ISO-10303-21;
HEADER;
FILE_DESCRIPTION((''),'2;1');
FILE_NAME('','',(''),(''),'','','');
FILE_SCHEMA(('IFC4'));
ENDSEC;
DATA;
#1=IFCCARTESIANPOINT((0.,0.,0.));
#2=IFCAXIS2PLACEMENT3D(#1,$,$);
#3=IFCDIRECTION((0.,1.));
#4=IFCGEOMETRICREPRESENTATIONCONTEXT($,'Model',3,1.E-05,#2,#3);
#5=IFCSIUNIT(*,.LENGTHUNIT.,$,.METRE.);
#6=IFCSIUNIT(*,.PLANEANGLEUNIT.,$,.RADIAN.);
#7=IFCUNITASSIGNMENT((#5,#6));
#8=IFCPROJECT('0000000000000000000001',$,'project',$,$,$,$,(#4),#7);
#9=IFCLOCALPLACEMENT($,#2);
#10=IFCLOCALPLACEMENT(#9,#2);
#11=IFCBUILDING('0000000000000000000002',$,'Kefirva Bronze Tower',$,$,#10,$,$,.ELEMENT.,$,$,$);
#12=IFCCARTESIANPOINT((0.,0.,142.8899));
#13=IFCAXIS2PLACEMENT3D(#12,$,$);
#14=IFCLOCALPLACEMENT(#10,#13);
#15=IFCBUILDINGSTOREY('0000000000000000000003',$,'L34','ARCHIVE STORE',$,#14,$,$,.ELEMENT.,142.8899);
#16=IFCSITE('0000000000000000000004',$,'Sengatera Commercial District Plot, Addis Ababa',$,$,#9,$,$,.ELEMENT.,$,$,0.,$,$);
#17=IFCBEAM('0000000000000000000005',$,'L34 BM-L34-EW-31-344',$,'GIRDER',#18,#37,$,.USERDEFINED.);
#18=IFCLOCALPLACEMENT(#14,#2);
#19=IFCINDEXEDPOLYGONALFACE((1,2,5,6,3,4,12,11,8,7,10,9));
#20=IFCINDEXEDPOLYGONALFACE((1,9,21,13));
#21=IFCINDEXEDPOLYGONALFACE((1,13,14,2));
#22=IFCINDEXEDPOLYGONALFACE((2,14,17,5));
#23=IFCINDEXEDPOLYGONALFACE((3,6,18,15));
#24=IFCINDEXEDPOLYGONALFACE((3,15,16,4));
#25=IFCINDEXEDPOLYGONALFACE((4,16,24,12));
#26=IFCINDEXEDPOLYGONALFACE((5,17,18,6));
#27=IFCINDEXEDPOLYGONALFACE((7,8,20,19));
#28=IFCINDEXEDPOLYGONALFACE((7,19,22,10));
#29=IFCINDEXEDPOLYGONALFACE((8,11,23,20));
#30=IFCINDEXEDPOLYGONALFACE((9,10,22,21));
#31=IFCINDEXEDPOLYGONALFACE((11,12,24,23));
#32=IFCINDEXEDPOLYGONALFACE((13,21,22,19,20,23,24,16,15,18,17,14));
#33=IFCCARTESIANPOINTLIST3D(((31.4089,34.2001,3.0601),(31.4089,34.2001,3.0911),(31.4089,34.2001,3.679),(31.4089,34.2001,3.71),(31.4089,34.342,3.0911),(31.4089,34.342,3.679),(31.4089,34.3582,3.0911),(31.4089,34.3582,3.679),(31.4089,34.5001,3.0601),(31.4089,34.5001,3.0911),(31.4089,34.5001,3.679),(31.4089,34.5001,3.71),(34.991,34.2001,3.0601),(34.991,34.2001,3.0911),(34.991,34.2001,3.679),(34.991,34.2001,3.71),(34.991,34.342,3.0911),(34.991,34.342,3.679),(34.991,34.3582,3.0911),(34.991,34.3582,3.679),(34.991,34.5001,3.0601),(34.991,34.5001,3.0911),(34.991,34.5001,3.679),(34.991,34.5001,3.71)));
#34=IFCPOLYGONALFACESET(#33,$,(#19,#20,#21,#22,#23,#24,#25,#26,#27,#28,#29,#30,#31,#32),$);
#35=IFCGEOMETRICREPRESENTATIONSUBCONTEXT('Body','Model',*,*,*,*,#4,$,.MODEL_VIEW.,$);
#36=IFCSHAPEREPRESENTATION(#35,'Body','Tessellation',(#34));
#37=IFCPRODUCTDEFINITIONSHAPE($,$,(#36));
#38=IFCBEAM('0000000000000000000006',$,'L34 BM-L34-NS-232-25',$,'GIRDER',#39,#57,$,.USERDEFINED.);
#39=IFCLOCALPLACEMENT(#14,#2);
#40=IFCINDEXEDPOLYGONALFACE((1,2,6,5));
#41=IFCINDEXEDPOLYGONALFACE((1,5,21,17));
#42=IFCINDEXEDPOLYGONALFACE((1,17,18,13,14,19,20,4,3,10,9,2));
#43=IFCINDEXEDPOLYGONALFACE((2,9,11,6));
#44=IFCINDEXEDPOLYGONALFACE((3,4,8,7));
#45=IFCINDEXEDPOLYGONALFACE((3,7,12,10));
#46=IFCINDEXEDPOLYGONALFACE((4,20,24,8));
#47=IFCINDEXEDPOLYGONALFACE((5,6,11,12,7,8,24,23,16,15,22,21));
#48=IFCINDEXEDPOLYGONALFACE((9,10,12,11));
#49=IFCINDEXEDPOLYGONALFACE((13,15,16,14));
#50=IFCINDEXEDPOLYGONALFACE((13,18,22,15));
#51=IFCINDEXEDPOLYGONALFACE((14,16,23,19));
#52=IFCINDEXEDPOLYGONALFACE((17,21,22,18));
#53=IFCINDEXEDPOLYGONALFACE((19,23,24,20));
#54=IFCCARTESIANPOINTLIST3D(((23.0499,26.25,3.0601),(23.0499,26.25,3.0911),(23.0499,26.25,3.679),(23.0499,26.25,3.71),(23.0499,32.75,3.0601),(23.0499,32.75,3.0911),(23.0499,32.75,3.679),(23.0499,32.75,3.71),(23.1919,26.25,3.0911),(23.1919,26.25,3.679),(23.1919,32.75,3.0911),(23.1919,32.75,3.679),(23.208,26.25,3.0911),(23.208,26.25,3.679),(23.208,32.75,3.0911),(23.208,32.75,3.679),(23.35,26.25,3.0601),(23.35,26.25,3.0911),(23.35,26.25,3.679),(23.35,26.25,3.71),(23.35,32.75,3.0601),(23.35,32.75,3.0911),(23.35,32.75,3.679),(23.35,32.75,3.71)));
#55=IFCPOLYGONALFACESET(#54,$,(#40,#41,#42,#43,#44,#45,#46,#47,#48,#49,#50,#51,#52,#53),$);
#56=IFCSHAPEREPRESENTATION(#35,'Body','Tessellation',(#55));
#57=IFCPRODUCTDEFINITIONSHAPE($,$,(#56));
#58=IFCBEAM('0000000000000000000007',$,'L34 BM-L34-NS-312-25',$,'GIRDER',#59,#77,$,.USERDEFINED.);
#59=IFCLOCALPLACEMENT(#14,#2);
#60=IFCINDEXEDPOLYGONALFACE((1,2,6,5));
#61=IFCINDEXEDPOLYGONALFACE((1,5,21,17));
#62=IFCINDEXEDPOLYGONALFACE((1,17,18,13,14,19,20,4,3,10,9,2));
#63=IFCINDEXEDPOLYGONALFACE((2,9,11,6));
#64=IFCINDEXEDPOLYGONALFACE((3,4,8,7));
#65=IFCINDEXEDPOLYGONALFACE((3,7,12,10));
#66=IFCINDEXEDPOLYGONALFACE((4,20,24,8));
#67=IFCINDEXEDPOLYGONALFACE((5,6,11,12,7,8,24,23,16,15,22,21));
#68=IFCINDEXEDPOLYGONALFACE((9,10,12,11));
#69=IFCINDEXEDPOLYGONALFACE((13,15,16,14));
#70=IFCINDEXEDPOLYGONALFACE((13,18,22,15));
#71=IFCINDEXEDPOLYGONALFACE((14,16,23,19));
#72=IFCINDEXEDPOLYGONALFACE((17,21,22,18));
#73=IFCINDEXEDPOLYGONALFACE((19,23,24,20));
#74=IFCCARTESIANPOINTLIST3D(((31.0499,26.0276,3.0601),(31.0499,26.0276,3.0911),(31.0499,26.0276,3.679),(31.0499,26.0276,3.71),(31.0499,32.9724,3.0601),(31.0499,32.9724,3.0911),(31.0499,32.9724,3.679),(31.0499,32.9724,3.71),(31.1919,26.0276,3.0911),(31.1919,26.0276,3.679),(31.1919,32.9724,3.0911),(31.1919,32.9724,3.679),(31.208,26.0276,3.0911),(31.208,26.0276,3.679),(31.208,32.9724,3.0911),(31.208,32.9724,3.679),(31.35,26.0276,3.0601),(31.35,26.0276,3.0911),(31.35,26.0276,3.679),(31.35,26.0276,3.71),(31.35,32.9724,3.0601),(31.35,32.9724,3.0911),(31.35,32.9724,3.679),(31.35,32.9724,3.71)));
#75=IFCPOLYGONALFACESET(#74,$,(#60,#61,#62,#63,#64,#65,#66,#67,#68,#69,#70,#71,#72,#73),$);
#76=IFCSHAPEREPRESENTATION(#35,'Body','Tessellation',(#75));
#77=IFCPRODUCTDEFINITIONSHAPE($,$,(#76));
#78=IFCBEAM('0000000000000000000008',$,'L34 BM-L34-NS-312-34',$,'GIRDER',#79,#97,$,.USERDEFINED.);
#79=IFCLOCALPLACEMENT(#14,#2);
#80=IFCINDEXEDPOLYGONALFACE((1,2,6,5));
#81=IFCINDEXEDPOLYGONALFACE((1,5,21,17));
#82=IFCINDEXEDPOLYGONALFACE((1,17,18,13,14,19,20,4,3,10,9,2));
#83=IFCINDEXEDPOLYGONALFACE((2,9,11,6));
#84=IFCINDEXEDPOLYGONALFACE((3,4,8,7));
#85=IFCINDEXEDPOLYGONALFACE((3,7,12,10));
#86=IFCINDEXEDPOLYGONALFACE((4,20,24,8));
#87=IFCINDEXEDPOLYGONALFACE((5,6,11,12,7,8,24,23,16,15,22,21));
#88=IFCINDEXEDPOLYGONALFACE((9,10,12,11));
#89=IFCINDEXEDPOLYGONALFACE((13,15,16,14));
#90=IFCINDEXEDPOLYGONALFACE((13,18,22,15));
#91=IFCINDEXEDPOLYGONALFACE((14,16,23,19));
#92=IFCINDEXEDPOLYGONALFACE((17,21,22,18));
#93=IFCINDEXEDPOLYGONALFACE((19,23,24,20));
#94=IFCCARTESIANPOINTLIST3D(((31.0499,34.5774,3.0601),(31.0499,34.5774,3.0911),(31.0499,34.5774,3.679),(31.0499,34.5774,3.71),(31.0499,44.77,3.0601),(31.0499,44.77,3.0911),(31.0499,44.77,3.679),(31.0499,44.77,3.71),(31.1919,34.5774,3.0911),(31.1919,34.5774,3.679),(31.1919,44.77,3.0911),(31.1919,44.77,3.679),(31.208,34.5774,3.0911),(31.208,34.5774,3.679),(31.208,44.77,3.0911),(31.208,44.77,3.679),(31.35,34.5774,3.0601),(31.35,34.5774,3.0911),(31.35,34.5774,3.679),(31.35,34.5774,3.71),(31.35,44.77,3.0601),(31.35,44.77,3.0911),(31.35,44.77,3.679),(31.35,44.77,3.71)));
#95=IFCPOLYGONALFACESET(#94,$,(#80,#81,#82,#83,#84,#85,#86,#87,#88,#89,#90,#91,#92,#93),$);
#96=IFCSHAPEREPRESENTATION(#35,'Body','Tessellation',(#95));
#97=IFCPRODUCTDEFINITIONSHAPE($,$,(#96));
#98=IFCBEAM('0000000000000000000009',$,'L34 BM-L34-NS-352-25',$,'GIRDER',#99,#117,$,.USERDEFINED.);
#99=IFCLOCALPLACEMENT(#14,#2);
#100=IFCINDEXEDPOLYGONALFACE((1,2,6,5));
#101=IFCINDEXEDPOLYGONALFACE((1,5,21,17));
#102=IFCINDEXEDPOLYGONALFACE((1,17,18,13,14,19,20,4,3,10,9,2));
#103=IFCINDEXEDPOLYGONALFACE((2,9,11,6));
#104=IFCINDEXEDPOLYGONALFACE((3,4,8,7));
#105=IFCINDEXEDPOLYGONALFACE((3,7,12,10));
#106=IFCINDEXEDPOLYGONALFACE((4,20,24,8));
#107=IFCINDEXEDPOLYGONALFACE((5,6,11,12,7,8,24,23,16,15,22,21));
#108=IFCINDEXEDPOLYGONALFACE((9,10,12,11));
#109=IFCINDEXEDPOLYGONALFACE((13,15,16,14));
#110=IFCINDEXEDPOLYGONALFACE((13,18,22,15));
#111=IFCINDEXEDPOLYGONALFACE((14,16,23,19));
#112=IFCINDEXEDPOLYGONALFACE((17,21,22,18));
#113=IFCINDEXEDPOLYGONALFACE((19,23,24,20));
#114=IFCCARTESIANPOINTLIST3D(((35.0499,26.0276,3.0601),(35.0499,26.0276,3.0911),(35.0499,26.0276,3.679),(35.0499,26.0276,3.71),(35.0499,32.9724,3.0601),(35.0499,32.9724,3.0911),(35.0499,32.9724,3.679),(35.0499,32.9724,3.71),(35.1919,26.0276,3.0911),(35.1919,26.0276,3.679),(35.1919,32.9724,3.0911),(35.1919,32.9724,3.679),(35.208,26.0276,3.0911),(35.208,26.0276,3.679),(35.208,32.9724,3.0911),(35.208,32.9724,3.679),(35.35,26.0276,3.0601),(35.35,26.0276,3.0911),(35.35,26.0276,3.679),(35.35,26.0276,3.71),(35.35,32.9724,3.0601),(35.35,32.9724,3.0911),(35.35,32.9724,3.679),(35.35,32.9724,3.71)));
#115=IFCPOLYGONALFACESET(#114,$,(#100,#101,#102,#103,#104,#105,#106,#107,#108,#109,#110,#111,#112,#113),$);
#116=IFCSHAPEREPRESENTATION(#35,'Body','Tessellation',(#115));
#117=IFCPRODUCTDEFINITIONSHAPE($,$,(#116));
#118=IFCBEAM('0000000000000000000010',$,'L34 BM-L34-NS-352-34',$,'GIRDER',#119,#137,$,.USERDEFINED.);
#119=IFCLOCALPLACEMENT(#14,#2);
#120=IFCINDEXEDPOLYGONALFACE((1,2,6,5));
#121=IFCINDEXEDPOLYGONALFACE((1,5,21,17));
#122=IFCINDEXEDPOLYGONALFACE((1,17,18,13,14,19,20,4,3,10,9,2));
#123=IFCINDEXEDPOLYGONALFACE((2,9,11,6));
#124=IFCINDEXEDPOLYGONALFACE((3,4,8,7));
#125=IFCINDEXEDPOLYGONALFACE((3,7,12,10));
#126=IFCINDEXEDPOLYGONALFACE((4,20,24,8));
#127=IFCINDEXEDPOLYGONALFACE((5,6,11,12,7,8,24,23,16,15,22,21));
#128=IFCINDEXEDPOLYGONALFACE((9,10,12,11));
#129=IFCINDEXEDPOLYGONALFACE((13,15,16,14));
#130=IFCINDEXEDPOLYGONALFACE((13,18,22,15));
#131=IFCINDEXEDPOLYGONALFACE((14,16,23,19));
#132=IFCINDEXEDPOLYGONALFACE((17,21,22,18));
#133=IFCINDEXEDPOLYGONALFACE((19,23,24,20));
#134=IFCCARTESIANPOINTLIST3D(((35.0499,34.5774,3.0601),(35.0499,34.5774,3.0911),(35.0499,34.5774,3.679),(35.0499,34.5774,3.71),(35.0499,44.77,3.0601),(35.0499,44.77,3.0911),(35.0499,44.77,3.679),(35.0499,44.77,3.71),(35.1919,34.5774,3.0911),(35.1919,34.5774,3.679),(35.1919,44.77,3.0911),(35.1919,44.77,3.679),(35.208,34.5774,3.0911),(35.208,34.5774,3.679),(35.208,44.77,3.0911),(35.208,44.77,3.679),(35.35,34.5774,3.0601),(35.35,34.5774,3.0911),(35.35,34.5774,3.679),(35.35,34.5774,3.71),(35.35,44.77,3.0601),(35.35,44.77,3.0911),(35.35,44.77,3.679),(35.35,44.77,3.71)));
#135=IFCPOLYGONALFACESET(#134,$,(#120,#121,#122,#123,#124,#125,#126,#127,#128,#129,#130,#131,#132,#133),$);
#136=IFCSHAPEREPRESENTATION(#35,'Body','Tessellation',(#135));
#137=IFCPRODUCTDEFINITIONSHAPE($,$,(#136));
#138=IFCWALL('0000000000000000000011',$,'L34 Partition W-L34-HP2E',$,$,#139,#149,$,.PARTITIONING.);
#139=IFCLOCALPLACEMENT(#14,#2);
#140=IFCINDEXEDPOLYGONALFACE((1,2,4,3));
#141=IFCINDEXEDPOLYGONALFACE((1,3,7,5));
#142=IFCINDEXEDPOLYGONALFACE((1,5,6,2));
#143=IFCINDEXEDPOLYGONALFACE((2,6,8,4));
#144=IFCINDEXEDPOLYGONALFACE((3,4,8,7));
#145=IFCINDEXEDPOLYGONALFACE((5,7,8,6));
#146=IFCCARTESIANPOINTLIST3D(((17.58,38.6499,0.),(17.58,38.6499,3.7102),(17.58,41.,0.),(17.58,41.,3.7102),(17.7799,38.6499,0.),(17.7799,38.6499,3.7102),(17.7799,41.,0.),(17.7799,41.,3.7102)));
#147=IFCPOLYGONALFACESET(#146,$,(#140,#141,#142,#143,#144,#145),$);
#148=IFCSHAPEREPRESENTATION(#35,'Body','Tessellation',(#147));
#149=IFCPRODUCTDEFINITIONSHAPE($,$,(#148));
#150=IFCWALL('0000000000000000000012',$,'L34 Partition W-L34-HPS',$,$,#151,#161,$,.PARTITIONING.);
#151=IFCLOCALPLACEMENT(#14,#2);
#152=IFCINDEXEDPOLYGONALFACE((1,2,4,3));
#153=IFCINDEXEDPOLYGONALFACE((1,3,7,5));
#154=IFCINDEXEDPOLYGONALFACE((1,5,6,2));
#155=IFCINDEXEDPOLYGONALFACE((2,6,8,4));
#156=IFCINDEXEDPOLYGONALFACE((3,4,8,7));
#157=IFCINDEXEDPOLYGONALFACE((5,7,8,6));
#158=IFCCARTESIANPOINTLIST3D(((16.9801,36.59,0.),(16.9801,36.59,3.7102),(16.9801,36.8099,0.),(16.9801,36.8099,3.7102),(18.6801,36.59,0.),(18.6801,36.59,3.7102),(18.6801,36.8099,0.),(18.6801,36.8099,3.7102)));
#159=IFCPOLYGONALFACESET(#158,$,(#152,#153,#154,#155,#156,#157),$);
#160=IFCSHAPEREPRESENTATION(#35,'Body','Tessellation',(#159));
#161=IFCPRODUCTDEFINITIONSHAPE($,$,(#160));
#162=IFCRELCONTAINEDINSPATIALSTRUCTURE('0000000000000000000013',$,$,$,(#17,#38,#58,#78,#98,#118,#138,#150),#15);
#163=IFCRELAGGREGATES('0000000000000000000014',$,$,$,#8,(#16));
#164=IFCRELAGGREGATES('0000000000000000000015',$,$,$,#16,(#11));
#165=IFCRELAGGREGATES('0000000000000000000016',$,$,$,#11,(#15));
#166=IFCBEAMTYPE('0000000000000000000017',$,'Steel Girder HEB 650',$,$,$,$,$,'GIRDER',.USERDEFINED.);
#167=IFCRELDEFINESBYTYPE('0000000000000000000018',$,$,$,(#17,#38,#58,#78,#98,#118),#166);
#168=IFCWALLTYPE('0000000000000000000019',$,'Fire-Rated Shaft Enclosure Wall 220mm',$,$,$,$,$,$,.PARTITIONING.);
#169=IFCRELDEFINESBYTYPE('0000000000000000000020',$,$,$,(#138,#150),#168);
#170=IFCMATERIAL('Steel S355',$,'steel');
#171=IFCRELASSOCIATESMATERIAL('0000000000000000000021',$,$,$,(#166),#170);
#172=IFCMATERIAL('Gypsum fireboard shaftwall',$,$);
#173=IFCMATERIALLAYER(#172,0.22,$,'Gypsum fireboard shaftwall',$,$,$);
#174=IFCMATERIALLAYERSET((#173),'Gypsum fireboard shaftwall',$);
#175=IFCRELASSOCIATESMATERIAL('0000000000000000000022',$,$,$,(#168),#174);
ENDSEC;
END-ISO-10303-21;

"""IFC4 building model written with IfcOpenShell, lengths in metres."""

from ifc_helpers import new_model, si_unit, direction, frame, frame_2d, origin, origin_2d, place, context, subcontext, project, spatial, rectangle, i_section, extrude, material, layer, layer_set, material_profile, profile_set, type_object, element, save


model = new_model("IFC4")

# Units and contexts
model_context = context("Model", 3, precision=1e-05, world=origin(), true_north=direction((0.0, 1.0)))
body_context = subcontext(model_context, "Body", "Model", "MODEL_VIEW")
ifc_project = project(units=[si_unit("LENGTHUNIT", "METRE"), si_unit("PLANEANGLEUNIT", "RADIAN")], contexts=[model_context])

# Site, building, storey
site_placement = place(None, origin())
site = spatial("IfcSite", under=ifc_project, at=site_placement, Name="Sengatera Commercial District Plot, Addis Ababa", CompositionType="ELEMENT", RefElevation=0.0)
building_placement = place(site_placement, origin())
building = spatial("IfcBuilding", under=site, at=building_placement, Name="Kefirva Bronze Tower", CompositionType="ELEMENT")
storey_placement = place(building_placement, frame((0.0, 0.0, 142.8899)))
storey = spatial("IfcBuildingStorey", under=building, at=storey_placement, Name="L34", Description="ARCHIVE STORE", CompositionType="ELEMENT", Elevation=142.8899)

# Beams
ifc_material_1 = material(Name="Steel S355", Category="steel")
ifc_material_profile_1 = material_profile(ifc_material_1, i_section(OverallWidth=0.3, OverallDepth=0.6499, WebThickness=0.0161, FlangeThickness=0.031, at=origin_2d()), Name="HEB 650")
ifc_profile_set_1 = profile_set([ifc_material_profile_1], Name="Steel S355")
beam_type_1 = type_object("IfcBeamType", Name="Steel Girder HEB 650", ElementType="GIRDER", PredefinedType="USERDEFINED", material=ifc_profile_set_1)
for number, where, z_axis, x_axis, name in (
    (1, (31.4089, 34.3501, 3.385), (1.0, 0.0, 0.0), (0.0, 1.0, 0.0), "L34 BM-L34-EW-31-344"),
):
    element("IfcBeam", number, at=place(storey_placement, frame(where, z_axis=z_axis, x_axis=x_axis)), inside=storey, type_object=beam_type_1, Name=name, ObjectType="GIRDER", PredefinedType="USERDEFINED", context=body_context, shape_type="SweptSolid", body=[
        extrude(i_section(OverallWidth=0.3, OverallDepth=0.6499, WebThickness=0.0161, FlangeThickness=0.031, at=origin_2d()), origin(), (0.0, 0.0, 1.0), 3.582),
    ])
beam_1_placement = place(storey_placement, frame((23.2, 26.25, 3.385), z_axis=(0.0, 1.0, 0.0), x_axis=(-1.0, 0.0, 0.0)))
element("IfcBeam", 2, at=beam_1_placement, inside=storey, type_object=beam_type_1, Name="L34 BM-L34-NS-232-25", ObjectType="GIRDER", PredefinedType="USERDEFINED", context=body_context, shape_type="SweptSolid", body=[
    extrude(i_section(OverallWidth=0.3, OverallDepth=0.6499, WebThickness=0.0161, FlangeThickness=0.031, at=origin_2d()), origin(), (0.0, 0.0, 1.0), 6.5),
])
beam_2_placement = place(storey_placement, frame((31.2, 26.0276, 3.385), z_axis=(0.0, 1.0, 0.0), x_axis=(-1.0, 0.0, 0.0)))
element("IfcBeam", 3, at=beam_2_placement, inside=storey, type_object=beam_type_1, Name="L34 BM-L34-NS-312-25", ObjectType="GIRDER", PredefinedType="USERDEFINED", context=body_context, shape_type="SweptSolid", body=[
    extrude(i_section(OverallWidth=0.3, OverallDepth=0.6499, WebThickness=0.0161, FlangeThickness=0.031, at=origin_2d()), origin(), (0.0, 0.0, 1.0), 6.9448),
])
beam_3_placement = place(storey_placement, frame((31.2, 34.5774, 3.385), z_axis=(0.0, 1.0, 0.0), x_axis=(-1.0, 0.0, 0.0)))
element("IfcBeam", 4, at=beam_3_placement, inside=storey, type_object=beam_type_1, Name="L34 BM-L34-NS-312-34", ObjectType="GIRDER", PredefinedType="USERDEFINED", context=body_context, shape_type="SweptSolid", body=[
    extrude(i_section(OverallWidth=0.3, OverallDepth=0.6499, WebThickness=0.0161, FlangeThickness=0.031, at=origin_2d()), origin(), (0.0, 0.0, 1.0), 10.1926),
])
beam_4_placement = place(storey_placement, frame((35.2, 26.0276, 3.385), z_axis=(0.0, 1.0, 0.0), x_axis=(-1.0, 0.0, 0.0)))
element("IfcBeam", 5, at=beam_4_placement, inside=storey, type_object=beam_type_1, Name="L34 BM-L34-NS-352-25", ObjectType="GIRDER", PredefinedType="USERDEFINED", context=body_context, shape_type="SweptSolid", body=[
    extrude(i_section(OverallWidth=0.3, OverallDepth=0.6499, WebThickness=0.0161, FlangeThickness=0.031, at=origin_2d()), origin(), (0.0, 0.0, 1.0), 6.9448),
])
beam_5_placement = place(storey_placement, frame((35.2, 34.5774, 3.385), z_axis=(0.0, 1.0, 0.0), x_axis=(-1.0, 0.0, 0.0)))
element("IfcBeam", 6, at=beam_5_placement, inside=storey, type_object=beam_type_1, Name="L34 BM-L34-NS-352-34", ObjectType="GIRDER", PredefinedType="USERDEFINED", context=body_context, shape_type="SweptSolid", body=[
    extrude(i_section(OverallWidth=0.3, OverallDepth=0.6499, WebThickness=0.0161, FlangeThickness=0.031, at=origin_2d()), origin(), (0.0, 0.0, 1.0), 10.1926),
])

# Shared definitions
ifc_material_2 = material(Name="Gypsum fireboard shaftwall")
ifc_layer_1 = layer(ifc_material_2, 0.22, Name="Gypsum fireboard shaftwall")
ifc_layer_set_1 = layer_set([ifc_layer_1], Name="Gypsum fireboard shaftwall")
wall_type_1 = type_object("IfcWallType", Name="Fire-Rated Shaft Enclosure Wall 220mm", PredefinedType="PARTITIONING", material=ifc_layer_set_1)

# Walls
wall_1_placement = place(storey_placement, frame((17.6799, 38.6499, 0.0), z_axis=(0.0, 0.0, 1.0), x_axis=(0.0, 1.0, 0.0)))
element("IfcWall", 7, at=wall_1_placement, inside=storey, type_object=wall_type_1, Name="L34 Partition W-L34-HP2E", PredefinedType="PARTITIONING", context=body_context, shape_type="SweptSolid", body=[
    extrude(rectangle(XDim=2.3501, YDim=0.2, at=frame_2d((1.175, 0.0))), origin(), (0.0, 0.0, 1.0), 3.7102),
])
wall_2_placement = place(storey_placement, frame((16.98, 36.7, 0.0), z_axis=(0.0, 0.0, 1.0), x_axis=(1.0, 0.0, 0.0)))
element("IfcWall", 8, at=wall_2_placement, inside=storey, type_object=wall_type_1, Name="L34 Partition W-L34-HPS", PredefinedType="PARTITIONING", context=body_context, shape_type="SweptSolid", body=[
    extrude(rectangle(XDim=1.7, YDim=0.22, at=frame_2d((0.8501, 0.0))), origin(), (0.0, 0.0, 1.0), 3.7102),
])

save(model, "model.ifc")
